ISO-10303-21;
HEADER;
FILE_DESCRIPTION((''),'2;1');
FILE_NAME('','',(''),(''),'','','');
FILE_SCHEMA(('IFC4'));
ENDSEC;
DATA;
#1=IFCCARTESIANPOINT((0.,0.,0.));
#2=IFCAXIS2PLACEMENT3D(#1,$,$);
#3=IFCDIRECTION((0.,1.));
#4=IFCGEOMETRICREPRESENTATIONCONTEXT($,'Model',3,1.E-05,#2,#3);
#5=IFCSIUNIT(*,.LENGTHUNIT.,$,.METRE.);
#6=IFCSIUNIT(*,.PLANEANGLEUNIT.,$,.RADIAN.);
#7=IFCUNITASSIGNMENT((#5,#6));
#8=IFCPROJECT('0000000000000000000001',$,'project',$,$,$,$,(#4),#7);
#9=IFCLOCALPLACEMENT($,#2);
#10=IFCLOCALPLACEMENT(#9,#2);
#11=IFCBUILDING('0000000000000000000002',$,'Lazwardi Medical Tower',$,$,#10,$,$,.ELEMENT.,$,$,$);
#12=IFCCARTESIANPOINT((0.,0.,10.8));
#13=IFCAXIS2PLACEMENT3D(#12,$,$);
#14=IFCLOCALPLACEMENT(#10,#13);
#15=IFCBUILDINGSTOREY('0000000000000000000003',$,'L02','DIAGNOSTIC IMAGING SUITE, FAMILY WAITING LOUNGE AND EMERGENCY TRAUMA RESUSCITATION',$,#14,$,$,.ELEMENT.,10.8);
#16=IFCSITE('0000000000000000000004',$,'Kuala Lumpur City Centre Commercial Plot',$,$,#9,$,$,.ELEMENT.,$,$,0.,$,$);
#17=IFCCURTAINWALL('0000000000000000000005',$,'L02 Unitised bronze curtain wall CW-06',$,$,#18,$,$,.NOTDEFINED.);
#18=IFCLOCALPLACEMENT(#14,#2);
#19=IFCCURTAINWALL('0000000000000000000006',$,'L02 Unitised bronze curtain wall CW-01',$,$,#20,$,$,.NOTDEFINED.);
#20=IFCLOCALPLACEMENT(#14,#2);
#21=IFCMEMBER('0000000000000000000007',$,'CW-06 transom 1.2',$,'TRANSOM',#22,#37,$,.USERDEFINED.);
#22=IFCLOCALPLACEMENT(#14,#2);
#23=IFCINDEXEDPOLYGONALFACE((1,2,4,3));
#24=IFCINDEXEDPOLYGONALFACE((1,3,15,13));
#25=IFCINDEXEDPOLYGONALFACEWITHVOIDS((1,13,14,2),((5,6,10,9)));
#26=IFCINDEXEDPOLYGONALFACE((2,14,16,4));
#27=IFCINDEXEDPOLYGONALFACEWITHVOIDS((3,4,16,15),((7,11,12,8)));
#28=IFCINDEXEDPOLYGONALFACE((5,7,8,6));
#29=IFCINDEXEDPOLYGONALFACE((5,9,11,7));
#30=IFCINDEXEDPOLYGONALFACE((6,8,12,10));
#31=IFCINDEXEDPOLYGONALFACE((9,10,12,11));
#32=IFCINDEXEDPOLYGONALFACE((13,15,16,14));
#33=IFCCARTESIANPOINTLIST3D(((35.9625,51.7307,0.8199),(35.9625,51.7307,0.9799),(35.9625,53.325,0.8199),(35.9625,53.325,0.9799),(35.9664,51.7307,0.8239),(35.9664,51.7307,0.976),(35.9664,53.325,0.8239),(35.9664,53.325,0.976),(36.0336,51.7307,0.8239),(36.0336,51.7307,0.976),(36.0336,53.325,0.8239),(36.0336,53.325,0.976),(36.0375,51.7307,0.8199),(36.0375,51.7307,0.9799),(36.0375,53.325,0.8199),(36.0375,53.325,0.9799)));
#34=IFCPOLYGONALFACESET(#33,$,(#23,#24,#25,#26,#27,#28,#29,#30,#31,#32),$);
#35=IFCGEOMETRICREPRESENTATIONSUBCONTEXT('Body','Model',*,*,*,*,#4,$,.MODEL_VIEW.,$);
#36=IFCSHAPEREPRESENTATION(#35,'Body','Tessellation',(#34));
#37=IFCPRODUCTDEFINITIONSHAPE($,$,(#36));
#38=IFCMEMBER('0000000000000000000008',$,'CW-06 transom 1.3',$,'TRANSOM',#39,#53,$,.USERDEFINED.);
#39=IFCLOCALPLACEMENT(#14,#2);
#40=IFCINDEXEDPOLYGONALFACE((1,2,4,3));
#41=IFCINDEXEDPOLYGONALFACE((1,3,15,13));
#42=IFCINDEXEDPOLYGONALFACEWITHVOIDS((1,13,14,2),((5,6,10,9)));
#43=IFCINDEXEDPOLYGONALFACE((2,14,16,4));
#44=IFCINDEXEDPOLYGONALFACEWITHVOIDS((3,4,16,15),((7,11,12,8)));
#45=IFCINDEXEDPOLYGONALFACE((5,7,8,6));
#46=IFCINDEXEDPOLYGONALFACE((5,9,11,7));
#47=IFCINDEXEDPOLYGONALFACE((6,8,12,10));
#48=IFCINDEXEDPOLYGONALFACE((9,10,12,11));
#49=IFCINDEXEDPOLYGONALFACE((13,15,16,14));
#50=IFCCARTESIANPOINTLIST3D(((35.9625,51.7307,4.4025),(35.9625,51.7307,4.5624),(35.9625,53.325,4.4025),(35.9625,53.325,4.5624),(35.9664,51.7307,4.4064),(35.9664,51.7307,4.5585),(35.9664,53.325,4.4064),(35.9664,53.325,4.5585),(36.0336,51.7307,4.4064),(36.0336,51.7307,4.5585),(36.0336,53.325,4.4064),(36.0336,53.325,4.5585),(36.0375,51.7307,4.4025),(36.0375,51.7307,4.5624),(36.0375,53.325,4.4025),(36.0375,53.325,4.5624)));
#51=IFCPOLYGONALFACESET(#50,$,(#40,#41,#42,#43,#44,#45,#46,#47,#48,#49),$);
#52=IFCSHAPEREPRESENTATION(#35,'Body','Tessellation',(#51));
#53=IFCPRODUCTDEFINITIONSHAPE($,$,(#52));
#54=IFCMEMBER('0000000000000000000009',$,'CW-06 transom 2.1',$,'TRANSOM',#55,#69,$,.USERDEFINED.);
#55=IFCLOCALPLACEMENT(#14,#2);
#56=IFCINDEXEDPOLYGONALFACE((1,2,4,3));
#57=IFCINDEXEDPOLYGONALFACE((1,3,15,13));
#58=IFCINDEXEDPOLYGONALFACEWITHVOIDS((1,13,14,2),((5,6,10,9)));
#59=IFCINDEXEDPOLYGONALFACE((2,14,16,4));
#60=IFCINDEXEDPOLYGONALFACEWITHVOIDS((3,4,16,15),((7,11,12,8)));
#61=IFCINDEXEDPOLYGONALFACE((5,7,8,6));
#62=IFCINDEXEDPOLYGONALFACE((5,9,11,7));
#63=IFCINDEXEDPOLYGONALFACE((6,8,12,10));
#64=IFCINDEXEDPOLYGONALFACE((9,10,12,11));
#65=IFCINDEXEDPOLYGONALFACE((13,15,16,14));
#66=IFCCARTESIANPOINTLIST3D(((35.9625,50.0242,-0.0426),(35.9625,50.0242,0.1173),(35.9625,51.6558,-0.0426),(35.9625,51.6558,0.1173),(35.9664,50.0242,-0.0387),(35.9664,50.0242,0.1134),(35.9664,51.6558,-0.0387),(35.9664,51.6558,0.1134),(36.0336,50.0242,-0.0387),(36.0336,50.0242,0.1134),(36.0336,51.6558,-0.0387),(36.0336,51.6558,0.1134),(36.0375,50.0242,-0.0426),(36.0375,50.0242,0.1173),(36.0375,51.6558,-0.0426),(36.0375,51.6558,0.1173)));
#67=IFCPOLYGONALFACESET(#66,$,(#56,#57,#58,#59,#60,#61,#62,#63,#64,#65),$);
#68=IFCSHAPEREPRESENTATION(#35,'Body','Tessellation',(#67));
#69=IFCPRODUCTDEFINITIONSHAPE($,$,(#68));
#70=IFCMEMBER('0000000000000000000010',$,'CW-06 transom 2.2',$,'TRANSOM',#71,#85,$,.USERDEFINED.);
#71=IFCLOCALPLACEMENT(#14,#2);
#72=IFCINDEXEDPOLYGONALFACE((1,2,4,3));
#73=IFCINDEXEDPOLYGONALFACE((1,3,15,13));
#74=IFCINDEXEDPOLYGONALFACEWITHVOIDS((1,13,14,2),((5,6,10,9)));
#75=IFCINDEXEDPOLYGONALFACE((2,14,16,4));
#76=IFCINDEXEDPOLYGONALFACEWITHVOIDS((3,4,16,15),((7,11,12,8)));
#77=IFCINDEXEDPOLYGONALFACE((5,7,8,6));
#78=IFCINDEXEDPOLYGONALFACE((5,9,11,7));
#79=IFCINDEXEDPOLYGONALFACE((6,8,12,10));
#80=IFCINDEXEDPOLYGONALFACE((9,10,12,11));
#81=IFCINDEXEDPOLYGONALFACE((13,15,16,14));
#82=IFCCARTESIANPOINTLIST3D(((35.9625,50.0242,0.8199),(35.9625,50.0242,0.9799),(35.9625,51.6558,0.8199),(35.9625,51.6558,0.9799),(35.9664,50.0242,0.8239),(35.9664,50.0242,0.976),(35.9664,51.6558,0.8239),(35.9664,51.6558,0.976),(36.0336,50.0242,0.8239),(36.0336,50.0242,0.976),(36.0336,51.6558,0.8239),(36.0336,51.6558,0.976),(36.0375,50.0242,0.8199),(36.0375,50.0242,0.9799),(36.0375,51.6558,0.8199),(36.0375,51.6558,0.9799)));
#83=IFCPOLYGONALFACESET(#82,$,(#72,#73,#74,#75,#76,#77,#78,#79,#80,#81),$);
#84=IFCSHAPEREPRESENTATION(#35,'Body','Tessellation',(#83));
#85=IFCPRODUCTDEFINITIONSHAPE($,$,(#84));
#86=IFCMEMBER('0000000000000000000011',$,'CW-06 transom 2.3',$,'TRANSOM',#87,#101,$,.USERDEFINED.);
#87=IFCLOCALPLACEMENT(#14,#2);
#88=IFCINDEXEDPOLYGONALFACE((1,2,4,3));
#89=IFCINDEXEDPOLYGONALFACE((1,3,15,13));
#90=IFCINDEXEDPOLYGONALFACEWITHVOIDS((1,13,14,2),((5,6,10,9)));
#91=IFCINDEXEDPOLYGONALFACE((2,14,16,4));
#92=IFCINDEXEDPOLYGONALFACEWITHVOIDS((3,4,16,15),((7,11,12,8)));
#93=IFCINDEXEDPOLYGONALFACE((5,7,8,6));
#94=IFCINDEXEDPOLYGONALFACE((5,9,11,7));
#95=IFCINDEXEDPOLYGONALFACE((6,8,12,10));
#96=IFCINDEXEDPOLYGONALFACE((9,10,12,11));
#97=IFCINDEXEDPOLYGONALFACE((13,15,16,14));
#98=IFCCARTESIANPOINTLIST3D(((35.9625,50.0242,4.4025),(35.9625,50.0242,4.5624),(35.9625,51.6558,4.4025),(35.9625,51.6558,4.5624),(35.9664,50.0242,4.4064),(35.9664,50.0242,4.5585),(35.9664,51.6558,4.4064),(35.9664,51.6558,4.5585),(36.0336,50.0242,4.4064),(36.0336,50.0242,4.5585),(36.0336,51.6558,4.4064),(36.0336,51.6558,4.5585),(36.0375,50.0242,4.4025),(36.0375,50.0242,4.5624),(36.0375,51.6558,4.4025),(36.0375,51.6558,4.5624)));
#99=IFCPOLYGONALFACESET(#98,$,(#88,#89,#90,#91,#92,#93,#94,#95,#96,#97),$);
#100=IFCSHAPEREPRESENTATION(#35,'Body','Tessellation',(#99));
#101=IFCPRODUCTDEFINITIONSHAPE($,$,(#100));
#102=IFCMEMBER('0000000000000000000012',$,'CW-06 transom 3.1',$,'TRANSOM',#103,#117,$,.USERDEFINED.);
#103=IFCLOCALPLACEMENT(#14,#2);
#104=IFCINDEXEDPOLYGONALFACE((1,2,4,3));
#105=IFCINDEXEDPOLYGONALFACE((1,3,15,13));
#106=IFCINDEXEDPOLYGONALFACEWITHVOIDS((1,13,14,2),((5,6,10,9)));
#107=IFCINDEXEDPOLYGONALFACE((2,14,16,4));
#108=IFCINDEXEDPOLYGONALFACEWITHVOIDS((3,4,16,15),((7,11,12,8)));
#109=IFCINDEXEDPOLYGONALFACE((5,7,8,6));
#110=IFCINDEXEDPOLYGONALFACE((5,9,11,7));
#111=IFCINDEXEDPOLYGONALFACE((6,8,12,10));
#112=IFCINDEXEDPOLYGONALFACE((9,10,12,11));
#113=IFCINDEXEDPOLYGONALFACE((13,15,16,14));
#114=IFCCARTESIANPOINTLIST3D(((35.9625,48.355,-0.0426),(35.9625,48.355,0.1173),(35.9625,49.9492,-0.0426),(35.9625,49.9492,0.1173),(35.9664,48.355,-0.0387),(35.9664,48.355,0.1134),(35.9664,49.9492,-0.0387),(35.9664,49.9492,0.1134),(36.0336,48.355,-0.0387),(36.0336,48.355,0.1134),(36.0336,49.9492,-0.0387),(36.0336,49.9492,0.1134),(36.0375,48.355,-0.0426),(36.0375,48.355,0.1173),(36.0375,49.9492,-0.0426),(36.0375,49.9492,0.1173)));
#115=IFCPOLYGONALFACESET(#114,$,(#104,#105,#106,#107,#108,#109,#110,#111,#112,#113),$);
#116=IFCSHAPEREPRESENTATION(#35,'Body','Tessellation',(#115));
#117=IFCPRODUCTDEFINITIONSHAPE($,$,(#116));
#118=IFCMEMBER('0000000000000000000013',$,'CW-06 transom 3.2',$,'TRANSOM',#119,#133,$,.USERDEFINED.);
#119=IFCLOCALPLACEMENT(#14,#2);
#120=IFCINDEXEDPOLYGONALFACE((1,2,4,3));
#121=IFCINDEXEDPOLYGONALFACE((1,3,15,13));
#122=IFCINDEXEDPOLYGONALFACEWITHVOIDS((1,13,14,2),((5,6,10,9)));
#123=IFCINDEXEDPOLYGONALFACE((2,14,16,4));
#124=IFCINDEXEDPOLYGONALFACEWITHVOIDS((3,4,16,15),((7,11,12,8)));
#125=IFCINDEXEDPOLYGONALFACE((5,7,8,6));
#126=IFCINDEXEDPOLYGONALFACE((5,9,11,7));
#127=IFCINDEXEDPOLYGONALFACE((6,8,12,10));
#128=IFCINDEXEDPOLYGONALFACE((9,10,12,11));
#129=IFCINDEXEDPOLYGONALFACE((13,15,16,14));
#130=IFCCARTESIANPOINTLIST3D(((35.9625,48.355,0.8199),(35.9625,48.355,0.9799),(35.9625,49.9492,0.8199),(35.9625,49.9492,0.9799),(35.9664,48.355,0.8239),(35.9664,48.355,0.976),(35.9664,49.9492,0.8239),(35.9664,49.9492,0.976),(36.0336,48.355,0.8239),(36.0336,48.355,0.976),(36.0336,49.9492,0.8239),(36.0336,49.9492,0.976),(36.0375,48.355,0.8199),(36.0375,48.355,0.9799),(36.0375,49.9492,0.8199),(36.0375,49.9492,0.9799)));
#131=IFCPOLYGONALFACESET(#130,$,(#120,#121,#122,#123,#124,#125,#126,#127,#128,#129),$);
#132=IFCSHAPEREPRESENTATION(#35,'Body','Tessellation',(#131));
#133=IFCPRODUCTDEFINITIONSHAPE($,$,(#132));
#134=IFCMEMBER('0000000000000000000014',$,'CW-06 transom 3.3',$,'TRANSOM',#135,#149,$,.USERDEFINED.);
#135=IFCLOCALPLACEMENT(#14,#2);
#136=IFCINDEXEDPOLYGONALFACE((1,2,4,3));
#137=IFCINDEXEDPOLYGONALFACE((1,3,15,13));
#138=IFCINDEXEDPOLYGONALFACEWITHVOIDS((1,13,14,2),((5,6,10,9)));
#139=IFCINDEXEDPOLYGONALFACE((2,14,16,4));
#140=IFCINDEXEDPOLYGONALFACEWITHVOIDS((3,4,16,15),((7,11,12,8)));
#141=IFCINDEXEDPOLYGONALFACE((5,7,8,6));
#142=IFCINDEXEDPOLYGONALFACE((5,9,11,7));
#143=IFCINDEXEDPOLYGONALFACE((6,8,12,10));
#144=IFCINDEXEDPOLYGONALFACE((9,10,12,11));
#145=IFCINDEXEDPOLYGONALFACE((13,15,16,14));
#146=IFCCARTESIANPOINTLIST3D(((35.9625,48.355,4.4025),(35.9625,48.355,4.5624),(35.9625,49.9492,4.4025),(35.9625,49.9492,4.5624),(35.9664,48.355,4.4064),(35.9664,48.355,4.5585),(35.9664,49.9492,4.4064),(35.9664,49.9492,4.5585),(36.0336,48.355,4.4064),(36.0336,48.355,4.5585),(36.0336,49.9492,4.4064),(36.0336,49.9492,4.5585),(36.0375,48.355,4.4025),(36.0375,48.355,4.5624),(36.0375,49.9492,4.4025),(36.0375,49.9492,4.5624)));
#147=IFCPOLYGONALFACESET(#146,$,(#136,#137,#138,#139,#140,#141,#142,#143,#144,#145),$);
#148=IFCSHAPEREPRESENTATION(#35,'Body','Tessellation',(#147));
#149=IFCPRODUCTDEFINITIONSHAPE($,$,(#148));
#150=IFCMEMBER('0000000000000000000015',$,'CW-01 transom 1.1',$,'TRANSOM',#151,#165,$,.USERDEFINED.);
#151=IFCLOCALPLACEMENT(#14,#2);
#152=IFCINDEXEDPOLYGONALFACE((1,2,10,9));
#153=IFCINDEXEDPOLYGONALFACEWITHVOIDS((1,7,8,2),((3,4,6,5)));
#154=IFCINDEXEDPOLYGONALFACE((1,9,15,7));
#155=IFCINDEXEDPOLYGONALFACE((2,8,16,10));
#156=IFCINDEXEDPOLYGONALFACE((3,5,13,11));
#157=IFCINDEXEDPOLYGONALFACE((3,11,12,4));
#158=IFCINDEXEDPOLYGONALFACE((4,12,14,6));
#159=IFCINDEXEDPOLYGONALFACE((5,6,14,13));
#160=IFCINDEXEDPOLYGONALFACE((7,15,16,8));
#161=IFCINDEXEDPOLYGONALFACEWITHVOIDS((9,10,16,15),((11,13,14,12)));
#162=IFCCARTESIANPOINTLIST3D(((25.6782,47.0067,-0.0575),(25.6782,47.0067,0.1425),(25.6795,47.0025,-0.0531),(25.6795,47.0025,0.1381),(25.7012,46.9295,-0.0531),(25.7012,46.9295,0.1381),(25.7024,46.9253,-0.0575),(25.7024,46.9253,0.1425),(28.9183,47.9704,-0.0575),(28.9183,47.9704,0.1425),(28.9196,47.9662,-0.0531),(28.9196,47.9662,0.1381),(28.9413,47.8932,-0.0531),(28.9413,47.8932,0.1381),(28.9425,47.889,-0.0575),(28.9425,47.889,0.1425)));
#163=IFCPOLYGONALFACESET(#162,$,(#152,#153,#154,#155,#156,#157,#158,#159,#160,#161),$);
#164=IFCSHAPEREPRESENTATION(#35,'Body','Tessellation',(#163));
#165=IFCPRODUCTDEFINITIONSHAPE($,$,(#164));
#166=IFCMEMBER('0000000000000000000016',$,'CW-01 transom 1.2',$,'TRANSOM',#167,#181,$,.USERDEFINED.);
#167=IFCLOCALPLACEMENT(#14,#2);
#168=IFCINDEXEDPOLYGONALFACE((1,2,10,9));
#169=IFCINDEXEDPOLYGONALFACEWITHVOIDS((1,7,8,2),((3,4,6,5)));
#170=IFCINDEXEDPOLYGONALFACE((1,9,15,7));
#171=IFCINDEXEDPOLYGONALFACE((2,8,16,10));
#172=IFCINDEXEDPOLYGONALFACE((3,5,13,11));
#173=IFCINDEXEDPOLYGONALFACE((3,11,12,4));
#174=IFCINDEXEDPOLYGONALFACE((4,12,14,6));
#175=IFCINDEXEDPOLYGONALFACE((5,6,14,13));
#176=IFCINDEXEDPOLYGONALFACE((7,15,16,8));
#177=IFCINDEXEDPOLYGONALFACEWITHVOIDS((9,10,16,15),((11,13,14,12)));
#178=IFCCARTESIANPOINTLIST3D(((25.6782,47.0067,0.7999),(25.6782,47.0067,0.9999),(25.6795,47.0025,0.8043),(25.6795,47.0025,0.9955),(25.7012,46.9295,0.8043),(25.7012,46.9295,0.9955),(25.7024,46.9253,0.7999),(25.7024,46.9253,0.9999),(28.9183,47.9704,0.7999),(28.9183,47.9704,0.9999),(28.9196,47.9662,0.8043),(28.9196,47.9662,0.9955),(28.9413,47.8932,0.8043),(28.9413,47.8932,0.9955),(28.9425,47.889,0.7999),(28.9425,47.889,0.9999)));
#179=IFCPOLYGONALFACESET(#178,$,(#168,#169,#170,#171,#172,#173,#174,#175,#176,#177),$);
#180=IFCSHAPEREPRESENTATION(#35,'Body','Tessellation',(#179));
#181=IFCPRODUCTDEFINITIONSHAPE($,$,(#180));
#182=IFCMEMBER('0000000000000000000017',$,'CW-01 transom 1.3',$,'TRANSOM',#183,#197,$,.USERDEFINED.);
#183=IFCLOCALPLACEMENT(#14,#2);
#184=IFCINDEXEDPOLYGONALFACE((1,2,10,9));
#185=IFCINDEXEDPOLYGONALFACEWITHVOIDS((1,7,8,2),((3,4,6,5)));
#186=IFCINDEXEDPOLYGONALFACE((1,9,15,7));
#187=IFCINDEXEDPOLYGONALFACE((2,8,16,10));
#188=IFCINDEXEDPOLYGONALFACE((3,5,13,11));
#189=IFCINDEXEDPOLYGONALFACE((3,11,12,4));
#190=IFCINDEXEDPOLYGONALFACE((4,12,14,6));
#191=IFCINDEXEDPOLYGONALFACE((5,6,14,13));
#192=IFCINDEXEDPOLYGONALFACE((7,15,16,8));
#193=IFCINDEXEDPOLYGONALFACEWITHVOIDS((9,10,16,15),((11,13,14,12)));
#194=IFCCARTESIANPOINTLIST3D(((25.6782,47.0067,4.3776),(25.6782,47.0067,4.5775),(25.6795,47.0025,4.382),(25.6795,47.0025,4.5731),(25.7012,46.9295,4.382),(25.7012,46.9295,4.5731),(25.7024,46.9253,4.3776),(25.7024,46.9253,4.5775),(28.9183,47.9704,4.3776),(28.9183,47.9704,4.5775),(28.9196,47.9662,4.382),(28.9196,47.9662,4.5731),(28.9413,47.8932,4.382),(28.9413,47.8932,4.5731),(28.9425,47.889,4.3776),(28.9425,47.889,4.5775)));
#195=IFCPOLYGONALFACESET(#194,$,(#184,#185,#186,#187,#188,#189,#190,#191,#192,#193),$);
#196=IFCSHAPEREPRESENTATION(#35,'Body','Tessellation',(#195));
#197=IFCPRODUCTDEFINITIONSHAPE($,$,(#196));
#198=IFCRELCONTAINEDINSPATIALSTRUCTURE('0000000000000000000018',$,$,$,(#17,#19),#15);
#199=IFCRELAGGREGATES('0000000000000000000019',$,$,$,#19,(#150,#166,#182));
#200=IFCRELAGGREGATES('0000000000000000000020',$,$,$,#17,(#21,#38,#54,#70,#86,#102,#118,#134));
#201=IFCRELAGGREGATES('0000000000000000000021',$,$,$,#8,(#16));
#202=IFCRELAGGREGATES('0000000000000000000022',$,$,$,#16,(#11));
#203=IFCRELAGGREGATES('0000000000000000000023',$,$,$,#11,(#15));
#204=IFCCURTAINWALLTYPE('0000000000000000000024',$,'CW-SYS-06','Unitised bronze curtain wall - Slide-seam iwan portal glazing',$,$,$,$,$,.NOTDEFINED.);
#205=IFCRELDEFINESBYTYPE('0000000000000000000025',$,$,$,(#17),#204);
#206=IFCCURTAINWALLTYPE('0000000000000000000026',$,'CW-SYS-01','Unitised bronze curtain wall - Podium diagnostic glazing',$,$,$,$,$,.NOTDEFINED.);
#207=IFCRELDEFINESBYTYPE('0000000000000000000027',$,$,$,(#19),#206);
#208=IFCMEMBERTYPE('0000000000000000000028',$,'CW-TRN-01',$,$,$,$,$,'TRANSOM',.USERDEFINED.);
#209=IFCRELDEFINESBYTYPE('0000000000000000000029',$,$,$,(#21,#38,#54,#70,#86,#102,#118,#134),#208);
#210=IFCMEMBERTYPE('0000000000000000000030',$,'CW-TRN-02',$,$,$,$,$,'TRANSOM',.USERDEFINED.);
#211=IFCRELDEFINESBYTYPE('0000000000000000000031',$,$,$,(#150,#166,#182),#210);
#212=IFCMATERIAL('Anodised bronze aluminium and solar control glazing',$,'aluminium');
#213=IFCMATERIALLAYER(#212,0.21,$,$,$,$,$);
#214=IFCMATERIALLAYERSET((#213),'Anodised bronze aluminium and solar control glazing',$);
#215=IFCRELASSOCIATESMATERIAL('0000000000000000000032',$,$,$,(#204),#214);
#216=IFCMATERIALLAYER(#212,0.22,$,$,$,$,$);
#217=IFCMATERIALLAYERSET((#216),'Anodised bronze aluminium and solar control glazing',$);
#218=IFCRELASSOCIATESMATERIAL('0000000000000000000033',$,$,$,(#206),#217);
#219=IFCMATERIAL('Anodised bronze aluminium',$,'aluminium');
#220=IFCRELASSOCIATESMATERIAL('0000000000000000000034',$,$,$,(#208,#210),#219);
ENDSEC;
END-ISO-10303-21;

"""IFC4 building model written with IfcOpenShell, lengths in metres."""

from ifc_helpers import new_model, si_unit, direction, frame, origin, origin_2d, place, context, subcontext, project, spatial, hollow_rectangle, extrude, material, layer, layer_set, material_profile, profile_set, type_object, element, aggregate, save


model = new_model("IFC4")

# Units and contexts
model_context = context("Model", 3, precision=1e-05, world=origin(), true_north=direction((0.0, 1.0)))
body_context = subcontext(model_context, "Body", "Model", "MODEL_VIEW")
ifc_project = project(units=[si_unit("LENGTHUNIT", "METRE"), si_unit("PLANEANGLEUNIT", "RADIAN")], contexts=[model_context])

# Site, building, storey
site_placement = place(None, origin())
site = spatial("IfcSite", under=ifc_project, at=site_placement, Name="Kuala Lumpur City Centre Commercial Plot", CompositionType="ELEMENT", RefElevation=0.0)
building_placement = place(site_placement, origin())
building = spatial("IfcBuilding", under=site, at=building_placement, Name="Lazwardi Medical Tower", CompositionType="ELEMENT")
storey_placement = place(building_placement, frame((0.0, 0.0, 10.8)))
storey = spatial("IfcBuildingStorey", under=building, at=storey_placement, Name="L02", Description="DIAGNOSTIC IMAGING SUITE, FAMILY WAITING LOUNGE AND EMERGENCY TRAUMA RESUSCITATION", CompositionType="ELEMENT", Elevation=10.8)

# Curtain walls
ifc_material_1 = material(Name="Anodised bronze aluminium and solar control glazing", Category="aluminium")
ifc_layer_1 = layer(ifc_material_1, 0.21)
ifc_layer_set_1 = layer_set([ifc_layer_1], Name="Anodised bronze aluminium and solar control glazing")
curtain_wall_type_1 = type_object("IfcCurtainWallType", Name="CW-SYS-06", Description="Unitised bronze curtain wall - Slide-seam iwan portal glazing", PredefinedType="NOTDEFINED", material=ifc_layer_set_1)
curtain_wall_1_placement = place(storey_placement, origin())
curtain_wall_1 = element("IfcCurtainWall", 1, at=curtain_wall_1_placement, inside=storey, type_object=curtain_wall_type_1, Name="L02 Unitised bronze curtain wall CW-06", PredefinedType="NOTDEFINED")
ifc_material_2 = material(Name="Anodised bronze aluminium", Category="aluminium")
ifc_layer_2 = layer(ifc_material_1, 0.22)
ifc_layer_set_2 = layer_set([ifc_layer_2], Name="Anodised bronze aluminium and solar control glazing")
curtain_wall_type_2 = type_object("IfcCurtainWallType", Name="CW-SYS-01", Description="Unitised bronze curtain wall - Podium diagnostic glazing", PredefinedType="NOTDEFINED", material=ifc_layer_set_2)
curtain_wall_2_placement = place(storey_placement, origin())
curtain_wall_2 = element("IfcCurtainWall", 2, at=curtain_wall_2_placement, inside=storey, type_object=curtain_wall_type_2, Name="L02 Unitised bronze curtain wall CW-01", PredefinedType="NOTDEFINED")

# Members
ifc_material_profile_1 = material_profile(ifc_material_2, hollow_rectangle(XDim=0.075, YDim=0.1599, WallThickness=0.0039, at=origin_2d()), Name="ALU-TRANSOM 160x75x4")
ifc_profile_set_1 = profile_set([ifc_material_profile_1], Name="Anodised bronze aluminium")
member_type_1 = type_object("IfcMemberType", Name="CW-TRN-01", ElementType="TRANSOM", PredefinedType="USERDEFINED", material=ifc_profile_set_1)
member_1_placement = place(storey_placement, frame((36.0, 53.325, 0.8999), z_axis=(0.0, -1.0, 0.0), x_axis=(1.0, 0.0, 0.0)))
member_1 = element("IfcMember", 3, at=member_1_placement, type_object=member_type_1, Name="CW-06 transom 1.2", ObjectType="TRANSOM", PredefinedType="USERDEFINED", context=body_context, shape_type="SweptSolid", body=[
    extrude(hollow_rectangle(XDim=0.075, YDim=0.1599, WallThickness=0.0039, at=origin_2d()), origin(), (0.0, 0.0, 1.0), 1.5942),
])
member_2_placement = place(storey_placement, frame((36.0, 53.325, 4.4824), z_axis=(0.0, -1.0, 0.0), x_axis=(1.0, 0.0, 0.0)))
member_2 = element("IfcMember", 4, at=member_2_placement, type_object=member_type_1, Name="CW-06 transom 1.3", ObjectType="TRANSOM", PredefinedType="USERDEFINED", context=body_context, shape_type="SweptSolid", body=[
    extrude(hollow_rectangle(XDim=0.075, YDim=0.1599, WallThickness=0.0039, at=origin_2d()), origin(), (0.0, 0.0, 1.0), 1.5942),
])
member_3_placement = place(storey_placement, frame((36.0, 51.6558, 0.0374), z_axis=(0.0, -1.0, 0.0), x_axis=(1.0, 0.0, 0.0)))
member_3 = element("IfcMember", 5, at=member_3_placement, type_object=member_type_1, Name="CW-06 transom 2.1", ObjectType="TRANSOM", PredefinedType="USERDEFINED", context=body_context, shape_type="SweptSolid", body=[
    extrude(hollow_rectangle(XDim=0.075, YDim=0.1599, WallThickness=0.0039, at=origin_2d()), origin(), (0.0, 0.0, 1.0), 1.6316),
])
member_4_placement = place(storey_placement, frame((36.0, 51.6558, 0.8999), z_axis=(0.0, -1.0, 0.0), x_axis=(1.0, 0.0, 0.0)))
member_4 = element("IfcMember", 6, at=member_4_placement, type_object=member_type_1, Name="CW-06 transom 2.2", ObjectType="TRANSOM", PredefinedType="USERDEFINED", context=body_context, shape_type="SweptSolid", body=[
    extrude(hollow_rectangle(XDim=0.075, YDim=0.1599, WallThickness=0.0039, at=origin_2d()), origin(), (0.0, 0.0, 1.0), 1.6316),
])
member_5_placement = place(storey_placement, frame((36.0, 51.6558, 4.4824), z_axis=(0.0, -1.0, 0.0), x_axis=(1.0, 0.0, 0.0)))
member_5 = element("IfcMember", 7, at=member_5_placement, type_object=member_type_1, Name="CW-06 transom 2.3", ObjectType="TRANSOM", PredefinedType="USERDEFINED", context=body_context, shape_type="SweptSolid", body=[
    extrude(hollow_rectangle(XDim=0.075, YDim=0.1599, WallThickness=0.0039, at=origin_2d()), origin(), (0.0, 0.0, 1.0), 1.6316),
])
member_6_placement = place(storey_placement, frame((36.0, 49.9492, 0.0374), z_axis=(0.0, -1.0, 0.0), x_axis=(1.0, 0.0, 0.0)))
member_6 = element("IfcMember", 8, at=member_6_placement, type_object=member_type_1, Name="CW-06 transom 3.1", ObjectType="TRANSOM", PredefinedType="USERDEFINED", context=body_context, shape_type="SweptSolid", body=[
    extrude(hollow_rectangle(XDim=0.075, YDim=0.1599, WallThickness=0.0039, at=origin_2d()), origin(), (0.0, 0.0, 1.0), 1.5942),
])
member_7_placement = place(storey_placement, frame((36.0, 49.9492, 0.8999), z_axis=(0.0, -1.0, 0.0), x_axis=(1.0, 0.0, 0.0)))
member_7 = element("IfcMember", 9, at=member_7_placement, type_object=member_type_1, Name="CW-06 transom 3.2", ObjectType="TRANSOM", PredefinedType="USERDEFINED", context=body_context, shape_type="SweptSolid", body=[
    extrude(hollow_rectangle(XDim=0.075, YDim=0.1599, WallThickness=0.0039, at=origin_2d()), origin(), (0.0, 0.0, 1.0), 1.5942),
])
member_8_placement = place(storey_placement, frame((36.0, 49.9492, 4.4824), z_axis=(0.0, -1.0, 0.0), x_axis=(1.0, 0.0, 0.0)))
member_8 = element("IfcMember", 10, at=member_8_placement, type_object=member_type_1, Name="CW-06 transom 3.3", ObjectType="TRANSOM", PredefinedType="USERDEFINED", context=body_context, shape_type="SweptSolid", body=[
    extrude(hollow_rectangle(XDim=0.075, YDim=0.1599, WallThickness=0.0039, at=origin_2d()), origin(), (0.0, 0.0, 1.0), 1.5942),
])
ifc_material_profile_2 = material_profile(ifc_material_2, hollow_rectangle(XDim=0.085, YDim=0.2, WallThickness=0.0044, at=origin_2d()), Name="ALU-TRANSOM 200x85x4.5")
ifc_profile_set_2 = profile_set([ifc_material_profile_2], Name="Anodised bronze aluminium")
member_type_2 = type_object("IfcMemberType", Name="CW-TRN-02", ElementType="TRANSOM", PredefinedType="USERDEFINED", material=ifc_profile_set_2)
member_9_placement = place(storey_placement, frame((28.9304, 47.9297, 0.0425), z_axis=(-0.958505, -0.285074, 0.0), x_axis=(0.285074, -0.958505, 0.0)))
member_9 = element("IfcMember", 11, at=member_9_placement, type_object=member_type_2, Name="CW-01 transom 1.1", ObjectType="TRANSOM", PredefinedType="USERDEFINED", context=body_context, shape_type="SweptSolid", body=[
    extrude(hollow_rectangle(XDim=0.085, YDim=0.2, WallThickness=0.0044, at=origin_2d()), origin(), (0.0, 0.0, 1.0), 3.3804),
])
member_10_placement = place(storey_placement, frame((28.9304, 47.9297, 0.8999), z_axis=(-0.958505, -0.285074, 0.0), x_axis=(0.285074, -0.958505, 0.0)))
member_10 = element("IfcMember", 12, at=member_10_placement, type_object=member_type_2, Name="CW-01 transom 1.2", ObjectType="TRANSOM", PredefinedType="USERDEFINED", context=body_context, shape_type="SweptSolid", body=[
    extrude(hollow_rectangle(XDim=0.085, YDim=0.2, WallThickness=0.0044, at=origin_2d()), origin(), (0.0, 0.0, 1.0), 3.3804),
])
member_11_placement = place(storey_placement, frame((28.9304, 47.9297, 4.4775), z_axis=(-0.958505, -0.285074, 0.0), x_axis=(0.285074, -0.958505, 0.0)))
member_11 = element("IfcMember", 13, at=member_11_placement, type_object=member_type_2, Name="CW-01 transom 1.3", ObjectType="TRANSOM", PredefinedType="USERDEFINED", context=body_context, shape_type="SweptSolid", body=[
    extrude(hollow_rectangle(XDim=0.085, YDim=0.2, WallThickness=0.0044, at=origin_2d()), origin(), (0.0, 0.0, 1.0), 3.3804),
])

aggregate(curtain_wall_2, [member_9, member_10, member_11])
aggregate(curtain_wall_1, [member_1, member_2, member_3, member_4, member_5, member_6, member_7, member_8])

save(model, "model.ifc")
